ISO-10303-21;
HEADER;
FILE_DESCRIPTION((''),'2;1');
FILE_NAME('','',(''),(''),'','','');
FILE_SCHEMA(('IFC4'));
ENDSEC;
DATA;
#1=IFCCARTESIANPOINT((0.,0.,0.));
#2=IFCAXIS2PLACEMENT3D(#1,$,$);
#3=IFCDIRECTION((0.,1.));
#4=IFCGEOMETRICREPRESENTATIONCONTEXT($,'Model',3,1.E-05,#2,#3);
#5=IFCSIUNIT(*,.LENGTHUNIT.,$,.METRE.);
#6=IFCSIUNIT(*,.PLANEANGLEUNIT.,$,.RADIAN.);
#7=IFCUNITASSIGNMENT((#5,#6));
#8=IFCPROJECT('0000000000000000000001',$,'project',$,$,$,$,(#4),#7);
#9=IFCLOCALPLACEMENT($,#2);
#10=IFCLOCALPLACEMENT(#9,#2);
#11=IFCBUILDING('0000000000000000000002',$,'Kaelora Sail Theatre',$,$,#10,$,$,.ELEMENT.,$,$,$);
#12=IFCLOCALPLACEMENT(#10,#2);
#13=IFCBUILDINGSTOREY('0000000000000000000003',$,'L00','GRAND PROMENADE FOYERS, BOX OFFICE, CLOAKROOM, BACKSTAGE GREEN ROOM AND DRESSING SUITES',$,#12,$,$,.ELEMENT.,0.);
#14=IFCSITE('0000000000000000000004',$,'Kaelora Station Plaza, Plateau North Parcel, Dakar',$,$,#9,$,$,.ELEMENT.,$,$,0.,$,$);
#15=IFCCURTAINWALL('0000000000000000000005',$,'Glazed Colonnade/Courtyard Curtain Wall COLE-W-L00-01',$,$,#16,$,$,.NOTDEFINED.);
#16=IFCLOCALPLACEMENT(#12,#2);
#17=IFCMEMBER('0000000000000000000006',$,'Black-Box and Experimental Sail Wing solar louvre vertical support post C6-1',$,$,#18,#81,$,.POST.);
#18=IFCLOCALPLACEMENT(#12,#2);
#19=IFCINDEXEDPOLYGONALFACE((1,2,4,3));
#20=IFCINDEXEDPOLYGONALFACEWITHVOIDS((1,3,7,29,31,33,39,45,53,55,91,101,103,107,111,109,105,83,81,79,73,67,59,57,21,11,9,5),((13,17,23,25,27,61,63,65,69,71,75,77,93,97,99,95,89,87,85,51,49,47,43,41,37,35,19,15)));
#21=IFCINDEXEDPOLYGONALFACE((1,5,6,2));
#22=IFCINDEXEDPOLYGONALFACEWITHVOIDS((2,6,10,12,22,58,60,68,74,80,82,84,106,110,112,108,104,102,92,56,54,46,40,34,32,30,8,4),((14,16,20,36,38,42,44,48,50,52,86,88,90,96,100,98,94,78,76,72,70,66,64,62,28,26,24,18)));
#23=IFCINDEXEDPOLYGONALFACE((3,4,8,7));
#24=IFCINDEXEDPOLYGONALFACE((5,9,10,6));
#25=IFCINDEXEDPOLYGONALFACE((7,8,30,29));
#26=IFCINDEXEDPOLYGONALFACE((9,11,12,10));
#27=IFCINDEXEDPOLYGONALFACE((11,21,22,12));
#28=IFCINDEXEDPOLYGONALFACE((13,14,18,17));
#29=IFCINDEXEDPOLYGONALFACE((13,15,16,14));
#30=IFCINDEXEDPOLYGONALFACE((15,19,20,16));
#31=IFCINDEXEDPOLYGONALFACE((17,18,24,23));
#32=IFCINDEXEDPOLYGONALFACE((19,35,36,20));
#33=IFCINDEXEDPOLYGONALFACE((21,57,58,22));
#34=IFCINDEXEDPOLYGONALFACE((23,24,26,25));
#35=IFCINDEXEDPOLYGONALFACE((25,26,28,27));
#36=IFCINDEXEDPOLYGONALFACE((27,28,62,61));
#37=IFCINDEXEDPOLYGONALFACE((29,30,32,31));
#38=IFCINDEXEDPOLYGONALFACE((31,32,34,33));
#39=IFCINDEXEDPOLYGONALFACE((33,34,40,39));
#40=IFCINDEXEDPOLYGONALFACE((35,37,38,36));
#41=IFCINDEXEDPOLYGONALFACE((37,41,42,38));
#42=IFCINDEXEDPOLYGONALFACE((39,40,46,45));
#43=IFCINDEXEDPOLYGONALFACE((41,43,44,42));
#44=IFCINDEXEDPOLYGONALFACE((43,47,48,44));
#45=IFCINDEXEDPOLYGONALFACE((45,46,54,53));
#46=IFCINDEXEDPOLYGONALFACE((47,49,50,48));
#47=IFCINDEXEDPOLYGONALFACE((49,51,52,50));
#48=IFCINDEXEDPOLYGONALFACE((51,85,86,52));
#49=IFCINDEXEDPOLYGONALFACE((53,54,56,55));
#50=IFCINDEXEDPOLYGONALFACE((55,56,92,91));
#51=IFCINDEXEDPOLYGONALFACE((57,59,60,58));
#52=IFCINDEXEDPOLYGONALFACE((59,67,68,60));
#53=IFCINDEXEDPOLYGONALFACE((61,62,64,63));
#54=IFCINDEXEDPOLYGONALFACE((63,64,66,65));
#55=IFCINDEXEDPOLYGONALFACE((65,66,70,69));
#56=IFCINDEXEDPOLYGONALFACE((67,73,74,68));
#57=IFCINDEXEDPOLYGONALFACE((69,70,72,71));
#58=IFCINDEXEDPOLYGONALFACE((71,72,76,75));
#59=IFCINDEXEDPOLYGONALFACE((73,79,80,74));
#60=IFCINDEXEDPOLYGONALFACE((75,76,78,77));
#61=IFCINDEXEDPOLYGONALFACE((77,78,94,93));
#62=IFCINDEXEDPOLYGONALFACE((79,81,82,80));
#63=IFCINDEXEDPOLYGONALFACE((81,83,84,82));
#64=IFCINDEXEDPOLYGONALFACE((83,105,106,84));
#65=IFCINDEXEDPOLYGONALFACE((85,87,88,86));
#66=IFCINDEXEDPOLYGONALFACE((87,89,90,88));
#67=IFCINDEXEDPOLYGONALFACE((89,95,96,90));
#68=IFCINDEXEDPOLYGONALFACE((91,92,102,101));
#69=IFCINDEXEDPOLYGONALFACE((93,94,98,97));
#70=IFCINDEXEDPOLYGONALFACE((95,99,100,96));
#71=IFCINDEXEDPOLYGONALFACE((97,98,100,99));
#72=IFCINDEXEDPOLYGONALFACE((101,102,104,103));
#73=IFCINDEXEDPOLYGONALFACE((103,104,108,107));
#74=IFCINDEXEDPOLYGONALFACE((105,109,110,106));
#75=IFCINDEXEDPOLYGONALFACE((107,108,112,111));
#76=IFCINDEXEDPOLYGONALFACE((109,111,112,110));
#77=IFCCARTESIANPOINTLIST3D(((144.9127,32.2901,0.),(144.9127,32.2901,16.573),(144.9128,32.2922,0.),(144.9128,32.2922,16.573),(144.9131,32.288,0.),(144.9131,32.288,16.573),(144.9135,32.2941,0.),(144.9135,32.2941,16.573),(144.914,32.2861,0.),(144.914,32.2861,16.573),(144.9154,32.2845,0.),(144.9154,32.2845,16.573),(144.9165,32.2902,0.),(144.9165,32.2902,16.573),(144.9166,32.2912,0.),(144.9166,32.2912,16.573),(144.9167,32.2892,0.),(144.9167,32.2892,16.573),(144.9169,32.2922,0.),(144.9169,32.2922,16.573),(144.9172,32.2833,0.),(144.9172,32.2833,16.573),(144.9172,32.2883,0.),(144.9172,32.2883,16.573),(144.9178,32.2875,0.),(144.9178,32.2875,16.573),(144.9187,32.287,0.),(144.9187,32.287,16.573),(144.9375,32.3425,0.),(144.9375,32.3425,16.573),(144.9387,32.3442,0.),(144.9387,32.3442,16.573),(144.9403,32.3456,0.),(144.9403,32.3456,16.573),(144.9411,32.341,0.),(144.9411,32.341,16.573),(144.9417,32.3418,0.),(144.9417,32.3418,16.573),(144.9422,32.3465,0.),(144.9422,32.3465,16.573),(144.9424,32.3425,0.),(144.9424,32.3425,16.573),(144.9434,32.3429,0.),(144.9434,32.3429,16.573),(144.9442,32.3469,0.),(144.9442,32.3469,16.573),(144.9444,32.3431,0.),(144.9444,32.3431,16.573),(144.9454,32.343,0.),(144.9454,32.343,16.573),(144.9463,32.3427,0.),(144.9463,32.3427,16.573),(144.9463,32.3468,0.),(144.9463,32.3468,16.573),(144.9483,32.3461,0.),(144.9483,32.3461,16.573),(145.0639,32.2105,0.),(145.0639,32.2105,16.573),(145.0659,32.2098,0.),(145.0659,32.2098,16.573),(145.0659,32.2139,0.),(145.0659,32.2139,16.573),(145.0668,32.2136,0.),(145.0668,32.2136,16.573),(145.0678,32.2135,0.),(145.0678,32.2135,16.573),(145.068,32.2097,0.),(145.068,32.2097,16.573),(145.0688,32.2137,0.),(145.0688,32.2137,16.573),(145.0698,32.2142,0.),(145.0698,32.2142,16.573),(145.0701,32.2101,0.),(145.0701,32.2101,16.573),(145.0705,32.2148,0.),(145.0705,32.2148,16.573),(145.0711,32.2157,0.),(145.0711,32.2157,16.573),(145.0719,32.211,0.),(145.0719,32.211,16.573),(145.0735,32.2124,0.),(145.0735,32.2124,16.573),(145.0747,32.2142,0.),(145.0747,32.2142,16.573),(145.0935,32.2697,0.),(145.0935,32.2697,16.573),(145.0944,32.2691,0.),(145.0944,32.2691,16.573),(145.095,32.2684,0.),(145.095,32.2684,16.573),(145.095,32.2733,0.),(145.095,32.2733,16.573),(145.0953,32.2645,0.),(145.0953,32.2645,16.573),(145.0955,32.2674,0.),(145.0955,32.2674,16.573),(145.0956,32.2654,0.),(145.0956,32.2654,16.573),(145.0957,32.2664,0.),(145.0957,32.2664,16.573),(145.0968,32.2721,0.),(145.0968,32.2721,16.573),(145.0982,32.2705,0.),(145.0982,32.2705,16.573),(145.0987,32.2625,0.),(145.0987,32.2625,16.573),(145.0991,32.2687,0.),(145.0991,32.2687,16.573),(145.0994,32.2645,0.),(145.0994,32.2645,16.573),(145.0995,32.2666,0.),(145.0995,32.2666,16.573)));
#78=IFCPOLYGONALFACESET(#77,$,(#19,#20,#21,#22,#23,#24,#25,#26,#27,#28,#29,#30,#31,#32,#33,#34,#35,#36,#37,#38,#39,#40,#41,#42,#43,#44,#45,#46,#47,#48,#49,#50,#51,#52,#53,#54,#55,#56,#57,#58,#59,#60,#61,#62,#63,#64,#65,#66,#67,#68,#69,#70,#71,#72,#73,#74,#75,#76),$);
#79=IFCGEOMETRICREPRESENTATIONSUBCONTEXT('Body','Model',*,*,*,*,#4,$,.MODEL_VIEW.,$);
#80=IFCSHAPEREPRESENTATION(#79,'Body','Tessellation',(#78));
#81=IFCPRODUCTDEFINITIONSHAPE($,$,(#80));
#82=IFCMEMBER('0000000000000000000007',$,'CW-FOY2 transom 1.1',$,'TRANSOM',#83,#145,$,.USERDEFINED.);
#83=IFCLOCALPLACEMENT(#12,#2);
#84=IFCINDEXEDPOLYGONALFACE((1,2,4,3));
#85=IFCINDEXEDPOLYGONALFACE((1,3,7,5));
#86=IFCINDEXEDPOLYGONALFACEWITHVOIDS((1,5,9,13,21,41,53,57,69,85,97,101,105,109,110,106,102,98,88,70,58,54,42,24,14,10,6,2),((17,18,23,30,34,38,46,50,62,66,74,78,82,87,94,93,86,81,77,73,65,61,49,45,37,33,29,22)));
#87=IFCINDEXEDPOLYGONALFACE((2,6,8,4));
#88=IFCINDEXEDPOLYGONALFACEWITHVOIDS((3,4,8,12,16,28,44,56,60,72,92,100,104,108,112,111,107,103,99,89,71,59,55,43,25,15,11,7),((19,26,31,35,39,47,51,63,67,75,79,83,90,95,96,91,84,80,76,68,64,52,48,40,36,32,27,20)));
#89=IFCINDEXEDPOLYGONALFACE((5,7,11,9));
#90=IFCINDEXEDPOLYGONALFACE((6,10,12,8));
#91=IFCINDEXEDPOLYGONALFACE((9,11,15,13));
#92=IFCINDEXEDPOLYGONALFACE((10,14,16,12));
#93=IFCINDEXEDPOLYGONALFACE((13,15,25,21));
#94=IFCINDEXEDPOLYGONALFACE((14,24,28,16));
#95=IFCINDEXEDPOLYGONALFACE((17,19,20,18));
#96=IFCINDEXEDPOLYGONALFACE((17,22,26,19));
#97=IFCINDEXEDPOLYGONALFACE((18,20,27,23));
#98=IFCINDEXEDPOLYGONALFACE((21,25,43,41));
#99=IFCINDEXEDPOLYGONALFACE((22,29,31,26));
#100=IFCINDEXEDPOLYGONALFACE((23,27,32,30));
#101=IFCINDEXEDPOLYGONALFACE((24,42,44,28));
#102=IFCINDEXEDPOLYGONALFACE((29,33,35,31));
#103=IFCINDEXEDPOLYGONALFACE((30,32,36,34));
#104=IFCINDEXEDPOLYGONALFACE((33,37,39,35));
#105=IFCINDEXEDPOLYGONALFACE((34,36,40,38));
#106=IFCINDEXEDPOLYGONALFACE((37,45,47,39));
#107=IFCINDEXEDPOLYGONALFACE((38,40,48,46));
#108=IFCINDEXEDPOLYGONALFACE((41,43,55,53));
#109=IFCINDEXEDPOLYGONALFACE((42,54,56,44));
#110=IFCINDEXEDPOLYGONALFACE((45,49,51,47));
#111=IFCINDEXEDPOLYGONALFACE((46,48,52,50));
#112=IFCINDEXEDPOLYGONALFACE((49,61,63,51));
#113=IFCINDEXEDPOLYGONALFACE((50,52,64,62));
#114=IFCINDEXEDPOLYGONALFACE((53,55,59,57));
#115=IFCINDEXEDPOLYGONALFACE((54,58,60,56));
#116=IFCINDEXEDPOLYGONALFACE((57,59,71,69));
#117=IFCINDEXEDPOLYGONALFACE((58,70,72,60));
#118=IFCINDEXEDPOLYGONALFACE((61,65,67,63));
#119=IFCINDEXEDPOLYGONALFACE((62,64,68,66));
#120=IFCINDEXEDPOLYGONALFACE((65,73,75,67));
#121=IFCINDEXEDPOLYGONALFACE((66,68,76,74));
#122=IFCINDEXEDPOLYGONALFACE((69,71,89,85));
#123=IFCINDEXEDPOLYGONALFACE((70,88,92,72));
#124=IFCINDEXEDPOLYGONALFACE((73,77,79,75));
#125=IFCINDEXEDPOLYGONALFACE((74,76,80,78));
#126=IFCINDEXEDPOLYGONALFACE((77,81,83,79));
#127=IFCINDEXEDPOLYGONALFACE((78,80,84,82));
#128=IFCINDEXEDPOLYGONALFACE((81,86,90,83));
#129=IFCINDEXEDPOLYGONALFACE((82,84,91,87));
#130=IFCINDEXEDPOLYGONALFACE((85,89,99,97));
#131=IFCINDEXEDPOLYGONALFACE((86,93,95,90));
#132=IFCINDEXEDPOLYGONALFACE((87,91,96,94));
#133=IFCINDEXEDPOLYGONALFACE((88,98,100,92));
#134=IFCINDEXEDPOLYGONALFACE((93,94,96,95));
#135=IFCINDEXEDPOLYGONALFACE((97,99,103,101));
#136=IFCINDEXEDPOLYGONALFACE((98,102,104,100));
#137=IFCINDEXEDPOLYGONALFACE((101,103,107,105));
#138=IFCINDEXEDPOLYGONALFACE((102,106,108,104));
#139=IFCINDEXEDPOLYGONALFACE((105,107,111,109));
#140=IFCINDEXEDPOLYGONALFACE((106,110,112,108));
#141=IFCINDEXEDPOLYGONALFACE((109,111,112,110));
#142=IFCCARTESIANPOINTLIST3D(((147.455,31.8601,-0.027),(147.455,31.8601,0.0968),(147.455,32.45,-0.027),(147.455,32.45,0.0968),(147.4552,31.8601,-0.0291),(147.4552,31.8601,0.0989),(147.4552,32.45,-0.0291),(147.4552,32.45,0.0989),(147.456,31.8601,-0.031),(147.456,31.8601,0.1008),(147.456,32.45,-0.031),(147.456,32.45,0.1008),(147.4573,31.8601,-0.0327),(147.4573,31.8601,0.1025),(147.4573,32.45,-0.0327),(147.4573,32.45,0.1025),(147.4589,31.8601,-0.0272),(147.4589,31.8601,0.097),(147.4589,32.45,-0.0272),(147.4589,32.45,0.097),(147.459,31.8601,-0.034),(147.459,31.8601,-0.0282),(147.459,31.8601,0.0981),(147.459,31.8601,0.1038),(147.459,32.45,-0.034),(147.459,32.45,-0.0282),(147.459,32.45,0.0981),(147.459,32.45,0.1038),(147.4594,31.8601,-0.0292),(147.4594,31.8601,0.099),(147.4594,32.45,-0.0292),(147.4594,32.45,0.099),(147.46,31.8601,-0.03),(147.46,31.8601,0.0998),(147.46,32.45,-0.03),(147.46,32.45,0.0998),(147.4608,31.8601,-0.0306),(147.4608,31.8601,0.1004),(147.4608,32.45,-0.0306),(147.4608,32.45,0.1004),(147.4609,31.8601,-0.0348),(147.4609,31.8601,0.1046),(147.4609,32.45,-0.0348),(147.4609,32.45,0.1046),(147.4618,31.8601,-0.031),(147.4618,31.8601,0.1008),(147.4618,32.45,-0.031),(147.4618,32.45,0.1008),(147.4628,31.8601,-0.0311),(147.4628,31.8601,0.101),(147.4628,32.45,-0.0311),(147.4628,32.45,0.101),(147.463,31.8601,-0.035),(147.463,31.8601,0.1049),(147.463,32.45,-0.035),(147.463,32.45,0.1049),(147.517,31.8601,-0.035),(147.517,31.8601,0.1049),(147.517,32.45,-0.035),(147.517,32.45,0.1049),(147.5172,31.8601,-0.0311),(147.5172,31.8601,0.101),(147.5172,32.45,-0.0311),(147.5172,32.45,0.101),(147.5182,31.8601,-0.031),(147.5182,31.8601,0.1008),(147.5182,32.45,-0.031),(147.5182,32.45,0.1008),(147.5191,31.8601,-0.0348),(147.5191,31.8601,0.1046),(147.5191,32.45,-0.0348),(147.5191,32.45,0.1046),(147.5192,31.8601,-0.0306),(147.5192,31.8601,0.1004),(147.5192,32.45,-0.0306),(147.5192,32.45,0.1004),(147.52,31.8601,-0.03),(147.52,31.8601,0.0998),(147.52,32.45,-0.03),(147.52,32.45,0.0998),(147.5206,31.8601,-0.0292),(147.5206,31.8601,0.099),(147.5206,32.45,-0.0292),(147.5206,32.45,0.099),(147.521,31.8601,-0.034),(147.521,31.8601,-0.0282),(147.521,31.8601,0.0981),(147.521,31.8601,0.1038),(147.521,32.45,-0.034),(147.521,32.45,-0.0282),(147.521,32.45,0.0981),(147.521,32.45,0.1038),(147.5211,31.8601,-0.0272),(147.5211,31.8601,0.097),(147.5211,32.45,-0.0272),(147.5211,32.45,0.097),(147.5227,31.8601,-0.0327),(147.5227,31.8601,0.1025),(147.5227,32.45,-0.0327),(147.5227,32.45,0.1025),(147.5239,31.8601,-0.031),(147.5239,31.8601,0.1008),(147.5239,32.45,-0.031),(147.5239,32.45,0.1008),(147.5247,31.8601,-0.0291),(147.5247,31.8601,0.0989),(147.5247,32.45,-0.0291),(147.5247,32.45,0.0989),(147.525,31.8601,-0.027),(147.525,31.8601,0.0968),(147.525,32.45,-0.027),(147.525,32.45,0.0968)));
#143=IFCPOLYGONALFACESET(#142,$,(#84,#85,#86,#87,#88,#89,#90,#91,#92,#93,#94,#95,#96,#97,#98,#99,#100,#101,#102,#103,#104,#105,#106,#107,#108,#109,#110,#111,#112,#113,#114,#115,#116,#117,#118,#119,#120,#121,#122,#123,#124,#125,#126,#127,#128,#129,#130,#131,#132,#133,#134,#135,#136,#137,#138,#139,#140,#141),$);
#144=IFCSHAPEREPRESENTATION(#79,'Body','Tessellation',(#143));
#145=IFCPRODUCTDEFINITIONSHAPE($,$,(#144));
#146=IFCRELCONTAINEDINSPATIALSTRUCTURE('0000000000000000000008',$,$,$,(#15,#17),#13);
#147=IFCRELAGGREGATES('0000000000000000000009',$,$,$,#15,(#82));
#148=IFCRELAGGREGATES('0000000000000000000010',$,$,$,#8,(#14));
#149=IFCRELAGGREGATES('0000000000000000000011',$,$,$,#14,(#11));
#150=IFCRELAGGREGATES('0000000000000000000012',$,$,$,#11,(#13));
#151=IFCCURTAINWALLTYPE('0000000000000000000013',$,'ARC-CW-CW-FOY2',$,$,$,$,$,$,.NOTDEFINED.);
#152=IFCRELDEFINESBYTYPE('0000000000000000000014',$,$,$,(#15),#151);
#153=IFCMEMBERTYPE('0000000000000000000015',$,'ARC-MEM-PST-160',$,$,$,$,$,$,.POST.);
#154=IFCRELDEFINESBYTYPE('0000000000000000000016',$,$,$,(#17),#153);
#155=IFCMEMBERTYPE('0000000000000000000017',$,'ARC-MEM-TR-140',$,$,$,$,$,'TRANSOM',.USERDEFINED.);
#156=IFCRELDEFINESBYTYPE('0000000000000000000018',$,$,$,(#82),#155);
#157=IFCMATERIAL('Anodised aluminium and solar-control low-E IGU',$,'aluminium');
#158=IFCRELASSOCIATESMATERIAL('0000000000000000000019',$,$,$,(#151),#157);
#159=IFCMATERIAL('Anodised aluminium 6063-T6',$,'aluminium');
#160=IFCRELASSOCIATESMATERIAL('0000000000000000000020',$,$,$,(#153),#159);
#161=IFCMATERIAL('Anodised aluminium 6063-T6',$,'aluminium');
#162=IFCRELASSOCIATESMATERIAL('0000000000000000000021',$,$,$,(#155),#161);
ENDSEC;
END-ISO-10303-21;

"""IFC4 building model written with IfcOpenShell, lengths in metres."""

from ifc_helpers import new_model, si_unit, direction, frame, origin, origin_2d, place, context, subcontext, project, spatial, hollow_rectangle, extrude, material, material_profile, profile_set, type_object, element, aggregate, save


model = new_model("IFC4")

# Units and contexts
model_context = context("Model", 3, precision=1e-05, world=origin(), true_north=direction((0.0, 1.0)))
body_context = subcontext(model_context, "Body", "Model", "MODEL_VIEW")
ifc_project = project(units=[si_unit("LENGTHUNIT", "METRE"), si_unit("PLANEANGLEUNIT", "RADIAN")], contexts=[model_context])

# Site, building, storey
site_placement = place(None, origin())
site = spatial("IfcSite", under=ifc_project, at=site_placement, Name="Kaelora Station Plaza, Plateau North Parcel, Dakar", CompositionType="ELEMENT", RefElevation=0.0)
building_placement = place(site_placement, origin())
building = spatial("IfcBuilding", under=site, at=building_placement, Name="Kaelora Sail Theatre", CompositionType="ELEMENT")
storey_placement = place(building_placement, origin())
storey = spatial("IfcBuildingStorey", under=building, at=storey_placement, Name="L00", Description="GRAND PROMENADE FOYERS, BOX OFFICE, CLOAKROOM, BACKSTAGE GREEN ROOM AND DRESSING SUITES", CompositionType="ELEMENT", Elevation=0.0)

# Curtain wall
ifc_material_1 = material(Name="Anodised aluminium and solar-control low-E IGU", Category="aluminium")
curtain_wall_type_1 = type_object("IfcCurtainWallType", Name="ARC-CW-CW-FOY2", PredefinedType="NOTDEFINED", material=ifc_material_1)
curtain_wall_1_placement = place(storey_placement, origin())
curtain_wall_1 = element("IfcCurtainWall", 1, at=curtain_wall_1_placement, inside=storey, type_object=curtain_wall_type_1, Name="Glazed Colonnade/Courtyard Curtain Wall COLE-W-L00-01", PredefinedType="NOTDEFINED")

# Members
ifc_material_2 = material(Name="Anodised aluminium 6063-T6", Category="aluminium")
ifc_material_profile_1 = material_profile(ifc_material_2, hollow_rectangle(XDim=0.0701, YDim=0.1799, WallThickness=0.0039, InnerFilletRadius=0.0039, OuterFilletRadius=0.0081, at=origin_2d()), Name="ALU-MULL 70x180x4")
ifc_profile_set_1 = profile_set([ifc_material_profile_1], Name="Anodised aluminium 6063-T6")
member_type_1 = type_object("IfcMemberType", Name="ARC-MEM-PST-160", PredefinedType="POST", material=ifc_profile_set_1)
member_1_placement = place(storey_placement, frame((145.0061, 32.2783, 0.0), z_axis=(0.0, 0.0, 1.0), x_axis=(-0.444479, -0.895789, 0.0)))
element("IfcMember", 2, at=member_1_placement, inside=storey, type_object=member_type_1, Name="Black-Box and Experimental Sail Wing solar louvre vertical support post C6-1", PredefinedType="POST", context=body_context, shape_type="SweptSolid", body=[
    extrude(hollow_rectangle(XDim=0.0701, YDim=0.1799, WallThickness=0.0039, InnerFilletRadius=0.0039, OuterFilletRadius=0.0081, at=origin_2d()), origin(), (0.0, 0.0, 1.0), 16.573),
])
ifc_material_3 = material(Name="Anodised aluminium 6063-T6", Category="aluminium")
ifc_material_profile_2 = material_profile(ifc_material_3, hollow_rectangle(XDim=0.0701, YDim=0.1399, WallThickness=0.0039, InnerFilletRadius=0.0039, OuterFilletRadius=0.0081, at=origin_2d()), Name="ALU-TRAN 70x140x4")
ifc_profile_set_2 = profile_set([ifc_material_profile_2], Name="Anodised aluminium 6063-T6")
member_type_2 = type_object("IfcMemberType", Name="ARC-MEM-TR-140", ElementType="TRANSOM", PredefinedType="USERDEFINED", material=ifc_profile_set_2)
member_2_placement = place(storey_placement, frame((147.49, 31.8601, 0.0349), z_axis=(0.0, 1.0, 0.0), x_axis=(-1.0, 0.0, 0.0)))
member_2 = element("IfcMember", 3, at=member_2_placement, type_object=member_type_2, Name="CW-FOY2 transom 1.1", ObjectType="TRANSOM", PredefinedType="USERDEFINED", context=body_context, shape_type="SweptSolid", body=[
    extrude(hollow_rectangle(XDim=0.0701, YDim=0.1399, WallThickness=0.0039, InnerFilletRadius=0.0039, OuterFilletRadius=0.0081, at=origin_2d()), origin(), (0.0, 0.0, 1.0), 0.5898),
])

aggregate(curtain_wall_1, [member_2])

save(model, "model.ifc")
